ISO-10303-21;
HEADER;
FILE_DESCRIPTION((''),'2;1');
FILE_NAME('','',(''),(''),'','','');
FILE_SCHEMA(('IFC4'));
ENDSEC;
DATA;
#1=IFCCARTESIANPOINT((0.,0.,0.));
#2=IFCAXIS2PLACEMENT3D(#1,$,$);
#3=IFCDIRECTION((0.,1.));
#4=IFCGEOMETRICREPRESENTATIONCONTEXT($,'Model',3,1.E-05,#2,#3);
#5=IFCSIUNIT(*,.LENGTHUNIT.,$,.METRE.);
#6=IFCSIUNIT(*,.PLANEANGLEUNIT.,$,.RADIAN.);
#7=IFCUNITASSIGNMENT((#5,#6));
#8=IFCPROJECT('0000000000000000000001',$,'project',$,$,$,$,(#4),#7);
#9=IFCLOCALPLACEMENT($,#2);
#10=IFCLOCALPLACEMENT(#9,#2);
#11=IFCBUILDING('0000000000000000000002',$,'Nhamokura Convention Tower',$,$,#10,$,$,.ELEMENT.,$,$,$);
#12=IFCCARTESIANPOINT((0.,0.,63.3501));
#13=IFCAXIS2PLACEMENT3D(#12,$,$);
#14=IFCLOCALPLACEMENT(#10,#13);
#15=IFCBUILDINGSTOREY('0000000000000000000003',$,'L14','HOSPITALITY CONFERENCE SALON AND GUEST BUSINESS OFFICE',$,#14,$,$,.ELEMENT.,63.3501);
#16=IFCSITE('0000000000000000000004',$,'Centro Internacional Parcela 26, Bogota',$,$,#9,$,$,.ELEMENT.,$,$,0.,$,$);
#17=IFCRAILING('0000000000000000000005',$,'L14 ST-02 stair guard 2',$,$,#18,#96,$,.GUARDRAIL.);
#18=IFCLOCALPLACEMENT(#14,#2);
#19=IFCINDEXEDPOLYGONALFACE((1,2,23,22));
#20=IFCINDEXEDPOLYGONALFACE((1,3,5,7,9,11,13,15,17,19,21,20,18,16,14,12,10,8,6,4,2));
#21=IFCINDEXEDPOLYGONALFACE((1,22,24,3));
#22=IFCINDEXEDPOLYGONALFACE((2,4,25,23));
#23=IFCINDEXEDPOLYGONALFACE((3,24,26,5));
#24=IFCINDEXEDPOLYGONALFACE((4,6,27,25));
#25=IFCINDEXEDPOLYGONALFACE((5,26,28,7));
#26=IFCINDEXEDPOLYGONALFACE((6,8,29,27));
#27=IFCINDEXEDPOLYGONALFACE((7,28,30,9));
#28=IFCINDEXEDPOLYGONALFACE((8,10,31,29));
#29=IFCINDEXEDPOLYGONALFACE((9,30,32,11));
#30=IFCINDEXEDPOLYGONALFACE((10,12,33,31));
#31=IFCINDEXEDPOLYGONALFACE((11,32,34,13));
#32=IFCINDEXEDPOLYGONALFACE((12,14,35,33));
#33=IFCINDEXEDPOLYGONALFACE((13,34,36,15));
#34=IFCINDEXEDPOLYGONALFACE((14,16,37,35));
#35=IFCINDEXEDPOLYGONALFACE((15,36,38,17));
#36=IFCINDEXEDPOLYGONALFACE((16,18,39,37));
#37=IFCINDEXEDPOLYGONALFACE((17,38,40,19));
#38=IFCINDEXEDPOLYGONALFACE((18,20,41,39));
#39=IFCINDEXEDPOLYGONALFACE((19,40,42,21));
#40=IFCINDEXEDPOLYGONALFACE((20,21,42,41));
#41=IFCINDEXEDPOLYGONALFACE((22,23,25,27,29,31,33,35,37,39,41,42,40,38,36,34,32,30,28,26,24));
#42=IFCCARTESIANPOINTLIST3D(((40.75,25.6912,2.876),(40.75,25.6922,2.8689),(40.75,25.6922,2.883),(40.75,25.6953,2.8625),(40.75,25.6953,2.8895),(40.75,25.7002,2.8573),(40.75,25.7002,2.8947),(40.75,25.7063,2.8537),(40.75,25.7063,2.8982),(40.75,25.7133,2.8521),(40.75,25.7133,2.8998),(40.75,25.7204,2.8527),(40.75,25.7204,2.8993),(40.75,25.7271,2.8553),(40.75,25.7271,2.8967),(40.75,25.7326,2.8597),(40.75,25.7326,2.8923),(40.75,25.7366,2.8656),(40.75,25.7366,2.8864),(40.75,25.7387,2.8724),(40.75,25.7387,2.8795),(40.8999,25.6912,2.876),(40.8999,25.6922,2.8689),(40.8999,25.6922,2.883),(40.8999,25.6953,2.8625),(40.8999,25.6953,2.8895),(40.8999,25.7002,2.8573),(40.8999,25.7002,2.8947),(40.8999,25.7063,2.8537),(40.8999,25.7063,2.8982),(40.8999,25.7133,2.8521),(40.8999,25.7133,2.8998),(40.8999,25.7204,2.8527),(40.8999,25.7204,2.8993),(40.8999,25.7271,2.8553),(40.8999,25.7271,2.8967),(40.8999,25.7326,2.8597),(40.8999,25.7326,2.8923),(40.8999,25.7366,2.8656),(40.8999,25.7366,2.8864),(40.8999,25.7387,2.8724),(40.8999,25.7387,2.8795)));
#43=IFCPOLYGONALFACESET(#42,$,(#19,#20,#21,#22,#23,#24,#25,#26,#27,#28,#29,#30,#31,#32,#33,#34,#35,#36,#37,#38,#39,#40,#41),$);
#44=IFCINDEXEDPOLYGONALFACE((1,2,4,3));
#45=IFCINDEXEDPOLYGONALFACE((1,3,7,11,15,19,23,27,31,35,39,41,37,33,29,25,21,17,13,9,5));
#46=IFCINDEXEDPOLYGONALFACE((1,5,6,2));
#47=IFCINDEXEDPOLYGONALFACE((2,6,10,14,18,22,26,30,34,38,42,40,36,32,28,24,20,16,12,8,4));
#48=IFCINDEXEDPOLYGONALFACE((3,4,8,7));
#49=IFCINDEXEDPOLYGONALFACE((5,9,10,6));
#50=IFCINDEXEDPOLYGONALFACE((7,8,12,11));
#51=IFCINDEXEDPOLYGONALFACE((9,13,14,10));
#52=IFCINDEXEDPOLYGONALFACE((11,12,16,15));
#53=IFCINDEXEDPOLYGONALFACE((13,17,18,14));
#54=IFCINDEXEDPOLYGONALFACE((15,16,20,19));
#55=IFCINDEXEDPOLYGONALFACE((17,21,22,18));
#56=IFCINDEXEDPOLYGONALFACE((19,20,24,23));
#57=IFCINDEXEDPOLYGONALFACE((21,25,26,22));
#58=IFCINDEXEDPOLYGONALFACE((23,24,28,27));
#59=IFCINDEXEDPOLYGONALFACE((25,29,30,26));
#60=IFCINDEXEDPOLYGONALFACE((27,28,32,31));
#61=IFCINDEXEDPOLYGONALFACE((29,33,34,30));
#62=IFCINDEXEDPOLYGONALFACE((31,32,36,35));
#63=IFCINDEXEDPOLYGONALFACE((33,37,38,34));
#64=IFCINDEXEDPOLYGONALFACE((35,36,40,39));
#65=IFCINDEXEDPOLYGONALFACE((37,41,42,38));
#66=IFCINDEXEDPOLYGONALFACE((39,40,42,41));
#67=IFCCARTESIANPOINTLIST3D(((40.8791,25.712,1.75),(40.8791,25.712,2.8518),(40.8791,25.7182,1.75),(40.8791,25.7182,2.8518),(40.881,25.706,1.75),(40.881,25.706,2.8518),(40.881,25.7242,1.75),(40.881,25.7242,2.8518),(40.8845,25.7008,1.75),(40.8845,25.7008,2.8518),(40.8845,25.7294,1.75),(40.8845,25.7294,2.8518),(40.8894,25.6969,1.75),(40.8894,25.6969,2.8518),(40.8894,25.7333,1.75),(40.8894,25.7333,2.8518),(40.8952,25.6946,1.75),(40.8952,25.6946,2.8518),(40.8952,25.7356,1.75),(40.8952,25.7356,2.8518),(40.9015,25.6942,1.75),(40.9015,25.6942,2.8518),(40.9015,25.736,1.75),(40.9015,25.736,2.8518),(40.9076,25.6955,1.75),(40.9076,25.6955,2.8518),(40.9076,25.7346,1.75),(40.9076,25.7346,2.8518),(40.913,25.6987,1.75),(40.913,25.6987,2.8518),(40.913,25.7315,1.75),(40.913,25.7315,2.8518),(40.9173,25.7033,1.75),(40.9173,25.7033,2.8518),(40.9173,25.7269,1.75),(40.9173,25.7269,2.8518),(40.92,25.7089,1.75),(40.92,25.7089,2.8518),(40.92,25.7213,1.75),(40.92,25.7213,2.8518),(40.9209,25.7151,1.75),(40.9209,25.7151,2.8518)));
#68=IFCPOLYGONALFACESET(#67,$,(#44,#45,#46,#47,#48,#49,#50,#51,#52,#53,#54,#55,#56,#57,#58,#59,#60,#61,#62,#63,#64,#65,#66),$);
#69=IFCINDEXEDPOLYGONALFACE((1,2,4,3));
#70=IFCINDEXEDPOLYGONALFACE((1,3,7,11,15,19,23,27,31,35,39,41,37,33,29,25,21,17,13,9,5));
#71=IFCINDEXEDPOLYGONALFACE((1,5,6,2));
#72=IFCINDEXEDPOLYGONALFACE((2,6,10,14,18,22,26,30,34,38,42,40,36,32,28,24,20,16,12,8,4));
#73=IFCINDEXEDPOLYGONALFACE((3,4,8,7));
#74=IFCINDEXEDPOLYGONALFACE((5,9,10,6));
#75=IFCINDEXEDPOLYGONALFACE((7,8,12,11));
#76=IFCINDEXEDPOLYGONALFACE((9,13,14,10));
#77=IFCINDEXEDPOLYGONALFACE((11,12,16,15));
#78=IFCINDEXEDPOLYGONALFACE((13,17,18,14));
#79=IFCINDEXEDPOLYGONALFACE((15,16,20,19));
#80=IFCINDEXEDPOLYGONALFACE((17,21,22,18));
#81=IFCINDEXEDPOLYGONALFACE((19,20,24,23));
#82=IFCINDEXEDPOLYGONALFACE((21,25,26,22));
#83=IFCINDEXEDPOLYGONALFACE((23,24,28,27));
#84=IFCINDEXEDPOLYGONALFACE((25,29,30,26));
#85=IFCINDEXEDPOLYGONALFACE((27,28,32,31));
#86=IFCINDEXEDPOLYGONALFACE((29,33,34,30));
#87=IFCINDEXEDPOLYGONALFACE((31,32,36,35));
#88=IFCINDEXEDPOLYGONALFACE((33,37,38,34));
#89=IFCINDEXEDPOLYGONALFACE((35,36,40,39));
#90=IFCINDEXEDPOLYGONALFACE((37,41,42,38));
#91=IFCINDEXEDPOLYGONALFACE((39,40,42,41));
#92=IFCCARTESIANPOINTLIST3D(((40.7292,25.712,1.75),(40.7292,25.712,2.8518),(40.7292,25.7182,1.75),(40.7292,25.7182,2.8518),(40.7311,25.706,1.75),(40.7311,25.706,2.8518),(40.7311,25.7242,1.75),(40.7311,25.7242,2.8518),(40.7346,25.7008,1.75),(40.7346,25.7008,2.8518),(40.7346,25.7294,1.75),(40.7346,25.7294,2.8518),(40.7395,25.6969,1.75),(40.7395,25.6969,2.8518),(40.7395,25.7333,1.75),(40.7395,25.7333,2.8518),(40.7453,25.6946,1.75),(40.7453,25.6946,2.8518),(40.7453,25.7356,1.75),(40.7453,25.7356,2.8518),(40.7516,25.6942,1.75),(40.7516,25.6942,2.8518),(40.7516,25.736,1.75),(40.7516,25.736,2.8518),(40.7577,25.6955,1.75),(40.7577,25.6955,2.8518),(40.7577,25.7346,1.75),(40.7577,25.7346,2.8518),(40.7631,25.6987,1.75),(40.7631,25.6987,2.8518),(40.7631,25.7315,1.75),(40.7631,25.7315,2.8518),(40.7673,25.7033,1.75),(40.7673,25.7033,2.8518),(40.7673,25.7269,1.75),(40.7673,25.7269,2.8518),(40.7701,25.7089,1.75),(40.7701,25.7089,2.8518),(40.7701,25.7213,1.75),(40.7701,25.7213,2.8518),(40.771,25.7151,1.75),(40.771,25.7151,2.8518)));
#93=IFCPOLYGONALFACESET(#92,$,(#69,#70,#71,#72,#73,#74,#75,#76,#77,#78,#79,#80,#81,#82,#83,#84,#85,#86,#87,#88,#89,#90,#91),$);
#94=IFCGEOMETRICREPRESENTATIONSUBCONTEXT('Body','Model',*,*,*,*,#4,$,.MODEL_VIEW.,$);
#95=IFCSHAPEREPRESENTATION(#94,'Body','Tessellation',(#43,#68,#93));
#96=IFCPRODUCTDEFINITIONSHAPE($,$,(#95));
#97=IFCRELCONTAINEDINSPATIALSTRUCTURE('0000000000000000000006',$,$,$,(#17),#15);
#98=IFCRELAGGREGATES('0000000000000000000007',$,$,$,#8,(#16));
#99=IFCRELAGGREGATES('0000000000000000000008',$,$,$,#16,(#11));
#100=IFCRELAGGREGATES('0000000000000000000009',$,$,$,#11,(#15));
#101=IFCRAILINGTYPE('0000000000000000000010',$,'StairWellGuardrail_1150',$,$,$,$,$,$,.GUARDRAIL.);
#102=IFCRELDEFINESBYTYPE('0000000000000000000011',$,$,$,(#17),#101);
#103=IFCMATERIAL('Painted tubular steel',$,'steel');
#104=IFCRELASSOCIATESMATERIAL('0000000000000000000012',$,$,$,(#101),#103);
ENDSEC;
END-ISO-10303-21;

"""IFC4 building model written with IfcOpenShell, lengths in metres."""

from ifc_helpers import new_model, si_unit, direction, frame, origin, origin_2d, place, context, subcontext, project, spatial, circle, extrude, material, type_object, element, save


model = new_model("IFC4")

# Units and contexts
model_context = context("Model", 3, precision=1e-05, world=origin(), true_north=direction((0.0, 1.0)))
body_context = subcontext(model_context, "Body", "Model", "MODEL_VIEW")
ifc_project = project(units=[si_unit("LENGTHUNIT", "METRE"), si_unit("PLANEANGLEUNIT", "RADIAN")], contexts=[model_context])

# Site, building, storey
site_placement = place(None, origin())
site = spatial("IfcSite", under=ifc_project, at=site_placement, Name="Centro Internacional Parcela 26, Bogota", CompositionType="ELEMENT", RefElevation=0.0)
building_placement = place(site_placement, origin())
building = spatial("IfcBuilding", under=site, at=building_placement, Name="Nhamokura Convention Tower", CompositionType="ELEMENT")
storey_placement = place(building_placement, frame((0.0, 0.0, 63.3501)))
storey = spatial("IfcBuildingStorey", under=building, at=storey_placement, Name="L14", Description="HOSPITALITY CONFERENCE SALON AND GUEST BUSINESS OFFICE", CompositionType="ELEMENT", Elevation=63.3501)

# Railing
ifc_material_1 = material(Name="Painted tubular steel", Category="steel")
railing_type_1 = type_object("IfcRailingType", Name="StairWellGuardrail_1150", PredefinedType="GUARDRAIL", material=ifc_material_1)
railing_1_placement = place(storey_placement, frame((40.8999, 25.7151, 1.75)))
element("IfcRailing", 1, at=railing_1_placement, inside=storey, type_object=railing_type_1, Name="L14 ST-02 stair guard 2", PredefinedType="GUARDRAIL", context=body_context, shape_type="SweptSolid", body=[
    extrude(circle(Radius=0.0239, at=origin_2d()), frame((0.0, 0.0, 1.126), z_axis=(-1.0, 0.0, 0.0), x_axis=(0.0, -1.0, 0.0)), (0.0, 0.0, 1.0), 0.1499),
    extrude(circle(Radius=0.021, at=origin_2d()), origin(), (0.0, 0.0, 1.0), 1.1018),
    extrude(circle(Radius=0.021, at=origin_2d()), frame((-0.1499, 0.0, 0.0)), (0.0, 0.0, 1.0), 1.1018),
])

save(model, "model.ifc")
